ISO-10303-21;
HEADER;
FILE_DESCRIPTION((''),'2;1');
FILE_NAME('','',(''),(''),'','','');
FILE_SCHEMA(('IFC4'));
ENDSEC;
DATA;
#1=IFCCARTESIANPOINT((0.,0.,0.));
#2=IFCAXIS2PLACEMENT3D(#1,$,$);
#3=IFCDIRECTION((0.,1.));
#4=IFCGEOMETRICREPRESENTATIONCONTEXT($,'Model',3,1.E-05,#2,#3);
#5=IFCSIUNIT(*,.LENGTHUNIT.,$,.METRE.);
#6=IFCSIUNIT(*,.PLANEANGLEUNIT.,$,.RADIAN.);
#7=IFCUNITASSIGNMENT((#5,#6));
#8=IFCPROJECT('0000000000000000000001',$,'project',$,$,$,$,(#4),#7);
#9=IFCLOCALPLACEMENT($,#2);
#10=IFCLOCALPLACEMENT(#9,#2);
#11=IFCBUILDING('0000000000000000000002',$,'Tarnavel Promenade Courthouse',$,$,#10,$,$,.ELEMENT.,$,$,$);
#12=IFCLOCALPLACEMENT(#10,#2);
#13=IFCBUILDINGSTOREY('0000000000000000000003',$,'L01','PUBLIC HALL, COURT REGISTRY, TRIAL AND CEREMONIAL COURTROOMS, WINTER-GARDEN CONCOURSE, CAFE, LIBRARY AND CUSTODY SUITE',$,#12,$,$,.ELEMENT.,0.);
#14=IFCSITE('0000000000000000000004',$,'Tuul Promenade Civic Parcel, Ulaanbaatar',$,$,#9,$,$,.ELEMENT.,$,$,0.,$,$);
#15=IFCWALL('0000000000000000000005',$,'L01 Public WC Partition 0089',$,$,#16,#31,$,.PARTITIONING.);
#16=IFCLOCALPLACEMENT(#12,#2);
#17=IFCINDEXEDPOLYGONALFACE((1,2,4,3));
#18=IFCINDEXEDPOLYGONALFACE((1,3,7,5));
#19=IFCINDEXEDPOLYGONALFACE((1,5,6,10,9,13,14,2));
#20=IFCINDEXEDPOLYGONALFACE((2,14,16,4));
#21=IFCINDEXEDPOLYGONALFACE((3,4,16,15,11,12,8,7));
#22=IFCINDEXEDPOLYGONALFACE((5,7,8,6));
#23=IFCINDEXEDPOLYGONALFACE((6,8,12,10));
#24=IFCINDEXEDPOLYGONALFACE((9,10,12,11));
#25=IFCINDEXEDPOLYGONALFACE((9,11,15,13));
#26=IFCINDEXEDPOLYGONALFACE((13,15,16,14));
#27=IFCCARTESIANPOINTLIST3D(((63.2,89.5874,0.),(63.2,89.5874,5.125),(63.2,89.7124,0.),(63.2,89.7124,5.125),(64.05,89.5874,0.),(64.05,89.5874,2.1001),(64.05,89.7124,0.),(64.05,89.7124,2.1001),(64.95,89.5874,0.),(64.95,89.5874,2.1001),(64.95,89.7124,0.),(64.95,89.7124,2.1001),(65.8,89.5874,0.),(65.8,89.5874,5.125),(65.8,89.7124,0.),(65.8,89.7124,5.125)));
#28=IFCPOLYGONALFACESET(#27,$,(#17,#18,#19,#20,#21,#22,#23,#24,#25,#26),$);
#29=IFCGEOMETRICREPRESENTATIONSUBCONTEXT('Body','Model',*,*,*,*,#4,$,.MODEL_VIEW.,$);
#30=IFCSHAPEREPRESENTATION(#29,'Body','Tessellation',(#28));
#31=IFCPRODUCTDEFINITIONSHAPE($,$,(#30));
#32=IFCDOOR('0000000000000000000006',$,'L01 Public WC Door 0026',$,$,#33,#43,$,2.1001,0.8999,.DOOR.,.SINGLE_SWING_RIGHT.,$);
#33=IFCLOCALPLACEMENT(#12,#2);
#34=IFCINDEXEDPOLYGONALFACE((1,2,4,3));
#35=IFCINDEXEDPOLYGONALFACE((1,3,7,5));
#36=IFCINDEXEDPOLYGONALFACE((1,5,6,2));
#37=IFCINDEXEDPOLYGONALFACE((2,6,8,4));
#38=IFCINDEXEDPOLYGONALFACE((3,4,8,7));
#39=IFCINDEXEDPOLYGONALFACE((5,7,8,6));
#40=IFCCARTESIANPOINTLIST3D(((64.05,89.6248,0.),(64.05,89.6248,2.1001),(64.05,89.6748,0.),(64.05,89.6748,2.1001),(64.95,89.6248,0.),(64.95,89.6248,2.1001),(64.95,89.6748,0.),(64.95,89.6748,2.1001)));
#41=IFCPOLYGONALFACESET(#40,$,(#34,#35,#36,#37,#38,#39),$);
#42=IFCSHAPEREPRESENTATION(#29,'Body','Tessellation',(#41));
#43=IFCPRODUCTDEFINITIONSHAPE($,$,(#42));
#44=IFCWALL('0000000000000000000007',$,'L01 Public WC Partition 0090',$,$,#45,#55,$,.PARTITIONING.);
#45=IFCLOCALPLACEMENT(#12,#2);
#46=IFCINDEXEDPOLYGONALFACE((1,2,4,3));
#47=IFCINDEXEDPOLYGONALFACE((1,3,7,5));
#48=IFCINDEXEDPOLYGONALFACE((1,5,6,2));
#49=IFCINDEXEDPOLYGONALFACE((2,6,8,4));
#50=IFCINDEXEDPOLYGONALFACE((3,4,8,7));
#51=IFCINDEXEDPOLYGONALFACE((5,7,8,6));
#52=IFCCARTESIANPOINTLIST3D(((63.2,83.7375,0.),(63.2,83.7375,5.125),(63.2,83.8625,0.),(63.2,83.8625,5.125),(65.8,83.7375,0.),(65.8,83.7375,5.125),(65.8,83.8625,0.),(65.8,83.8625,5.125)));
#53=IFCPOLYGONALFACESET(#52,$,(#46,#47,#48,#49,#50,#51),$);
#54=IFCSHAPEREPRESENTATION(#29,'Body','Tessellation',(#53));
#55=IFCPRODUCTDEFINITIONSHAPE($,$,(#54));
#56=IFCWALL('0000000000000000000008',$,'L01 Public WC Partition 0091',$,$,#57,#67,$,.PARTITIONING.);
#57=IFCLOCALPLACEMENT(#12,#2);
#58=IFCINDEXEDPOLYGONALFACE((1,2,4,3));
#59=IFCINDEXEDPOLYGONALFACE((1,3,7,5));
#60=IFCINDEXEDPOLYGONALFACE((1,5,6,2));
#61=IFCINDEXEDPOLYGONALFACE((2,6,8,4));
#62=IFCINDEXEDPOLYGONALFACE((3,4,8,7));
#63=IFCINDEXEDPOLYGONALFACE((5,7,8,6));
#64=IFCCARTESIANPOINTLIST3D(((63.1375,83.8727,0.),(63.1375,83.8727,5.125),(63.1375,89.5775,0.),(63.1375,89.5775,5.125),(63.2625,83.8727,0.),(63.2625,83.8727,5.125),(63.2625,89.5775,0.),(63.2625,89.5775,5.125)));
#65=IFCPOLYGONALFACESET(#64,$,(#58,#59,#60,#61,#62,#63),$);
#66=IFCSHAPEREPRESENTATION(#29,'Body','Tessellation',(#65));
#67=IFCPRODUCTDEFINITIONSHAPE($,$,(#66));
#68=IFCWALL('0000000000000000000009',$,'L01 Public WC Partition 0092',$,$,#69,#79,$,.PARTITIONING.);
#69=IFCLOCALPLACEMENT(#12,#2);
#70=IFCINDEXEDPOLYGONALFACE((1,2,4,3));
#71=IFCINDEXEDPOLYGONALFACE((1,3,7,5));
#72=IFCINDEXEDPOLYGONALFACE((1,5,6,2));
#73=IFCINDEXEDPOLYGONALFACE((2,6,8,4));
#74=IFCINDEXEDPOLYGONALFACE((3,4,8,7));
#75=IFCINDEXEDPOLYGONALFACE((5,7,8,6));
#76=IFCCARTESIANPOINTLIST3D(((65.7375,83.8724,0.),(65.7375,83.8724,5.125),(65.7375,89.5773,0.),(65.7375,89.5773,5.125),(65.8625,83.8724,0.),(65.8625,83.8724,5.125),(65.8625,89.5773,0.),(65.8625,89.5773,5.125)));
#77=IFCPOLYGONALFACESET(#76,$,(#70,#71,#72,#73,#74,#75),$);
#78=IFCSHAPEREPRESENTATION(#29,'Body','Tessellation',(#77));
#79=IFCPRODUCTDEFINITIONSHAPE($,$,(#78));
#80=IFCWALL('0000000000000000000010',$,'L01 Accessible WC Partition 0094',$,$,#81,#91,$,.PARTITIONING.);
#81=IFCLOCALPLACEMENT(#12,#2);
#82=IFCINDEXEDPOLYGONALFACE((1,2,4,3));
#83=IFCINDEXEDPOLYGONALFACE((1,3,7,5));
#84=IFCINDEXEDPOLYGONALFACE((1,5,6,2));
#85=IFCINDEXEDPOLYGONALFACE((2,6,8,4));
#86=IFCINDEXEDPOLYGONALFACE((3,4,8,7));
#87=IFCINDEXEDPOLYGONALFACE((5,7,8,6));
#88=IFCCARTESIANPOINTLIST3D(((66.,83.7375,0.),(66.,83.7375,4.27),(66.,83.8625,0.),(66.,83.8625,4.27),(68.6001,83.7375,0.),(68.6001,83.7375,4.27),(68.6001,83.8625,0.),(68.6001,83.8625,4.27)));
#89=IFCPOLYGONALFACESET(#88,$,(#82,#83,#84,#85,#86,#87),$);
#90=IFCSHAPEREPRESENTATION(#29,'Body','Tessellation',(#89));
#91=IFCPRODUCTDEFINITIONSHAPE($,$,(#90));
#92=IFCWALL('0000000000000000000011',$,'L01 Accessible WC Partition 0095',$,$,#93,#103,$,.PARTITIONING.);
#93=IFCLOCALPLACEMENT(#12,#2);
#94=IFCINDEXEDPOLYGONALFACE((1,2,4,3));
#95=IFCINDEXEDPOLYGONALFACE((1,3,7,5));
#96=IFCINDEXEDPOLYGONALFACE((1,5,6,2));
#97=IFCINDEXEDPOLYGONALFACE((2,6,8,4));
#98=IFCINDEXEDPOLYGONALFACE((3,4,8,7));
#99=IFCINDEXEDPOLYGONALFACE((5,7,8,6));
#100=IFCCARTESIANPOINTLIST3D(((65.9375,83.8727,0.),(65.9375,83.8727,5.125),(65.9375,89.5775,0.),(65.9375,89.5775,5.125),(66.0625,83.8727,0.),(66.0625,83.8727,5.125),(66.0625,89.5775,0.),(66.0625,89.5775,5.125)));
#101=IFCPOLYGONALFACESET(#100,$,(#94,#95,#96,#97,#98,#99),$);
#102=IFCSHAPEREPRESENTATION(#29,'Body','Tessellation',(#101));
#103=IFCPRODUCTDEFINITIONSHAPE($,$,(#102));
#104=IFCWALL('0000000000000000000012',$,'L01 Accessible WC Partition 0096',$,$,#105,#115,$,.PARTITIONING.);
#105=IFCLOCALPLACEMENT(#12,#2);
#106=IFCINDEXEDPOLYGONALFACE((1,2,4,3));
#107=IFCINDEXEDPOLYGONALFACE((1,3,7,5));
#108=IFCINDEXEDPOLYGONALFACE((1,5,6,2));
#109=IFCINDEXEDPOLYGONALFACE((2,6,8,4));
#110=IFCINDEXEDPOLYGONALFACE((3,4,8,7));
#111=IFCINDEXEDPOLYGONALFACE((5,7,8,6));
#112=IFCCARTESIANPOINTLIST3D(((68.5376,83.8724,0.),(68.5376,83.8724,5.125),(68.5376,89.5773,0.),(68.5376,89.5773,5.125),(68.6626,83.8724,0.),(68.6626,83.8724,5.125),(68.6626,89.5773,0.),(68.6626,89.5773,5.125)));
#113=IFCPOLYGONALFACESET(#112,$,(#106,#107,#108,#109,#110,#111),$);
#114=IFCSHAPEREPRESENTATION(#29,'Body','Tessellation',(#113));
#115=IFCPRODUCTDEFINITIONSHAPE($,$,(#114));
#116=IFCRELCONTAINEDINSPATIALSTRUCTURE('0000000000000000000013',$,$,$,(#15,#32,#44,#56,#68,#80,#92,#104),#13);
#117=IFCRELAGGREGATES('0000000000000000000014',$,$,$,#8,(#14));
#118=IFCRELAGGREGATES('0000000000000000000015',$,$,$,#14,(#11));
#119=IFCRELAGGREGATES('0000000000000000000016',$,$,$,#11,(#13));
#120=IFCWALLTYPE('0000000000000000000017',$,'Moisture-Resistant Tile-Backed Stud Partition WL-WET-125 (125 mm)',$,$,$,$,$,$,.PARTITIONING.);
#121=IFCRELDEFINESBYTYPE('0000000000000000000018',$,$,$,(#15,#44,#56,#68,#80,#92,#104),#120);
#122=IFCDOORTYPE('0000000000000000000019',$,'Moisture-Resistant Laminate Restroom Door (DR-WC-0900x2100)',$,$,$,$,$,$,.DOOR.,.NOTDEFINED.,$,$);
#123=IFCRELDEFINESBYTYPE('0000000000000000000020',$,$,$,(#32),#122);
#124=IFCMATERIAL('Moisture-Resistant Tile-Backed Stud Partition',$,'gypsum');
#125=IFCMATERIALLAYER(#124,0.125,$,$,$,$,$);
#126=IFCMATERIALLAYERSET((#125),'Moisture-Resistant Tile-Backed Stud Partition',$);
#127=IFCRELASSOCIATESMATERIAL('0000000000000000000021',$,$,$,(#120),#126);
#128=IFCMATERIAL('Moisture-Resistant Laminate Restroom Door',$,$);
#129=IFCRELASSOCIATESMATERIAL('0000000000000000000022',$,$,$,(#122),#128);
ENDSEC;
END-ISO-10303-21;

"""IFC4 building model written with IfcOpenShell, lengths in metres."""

from ifc_helpers import new_model, si_unit, direction, frame, frame_2d, origin, place, context, subcontext, project, spatial, rectangle, extrude, material, layer, layer_set, type_object, element, fill, save


model = new_model("IFC4")

# Units and contexts
model_context = context("Model", 3, precision=1e-05, world=origin(), true_north=direction((0.0, 1.0)))
body_context = subcontext(model_context, "Body", "Model", "MODEL_VIEW")
ifc_project = project(units=[si_unit("LENGTHUNIT", "METRE"), si_unit("PLANEANGLEUNIT", "RADIAN")], contexts=[model_context])

# Site, building, storey
site_placement = place(None, origin())
site = spatial("IfcSite", under=ifc_project, at=site_placement, Name="Tuul Promenade Civic Parcel, Ulaanbaatar", CompositionType="ELEMENT", RefElevation=0.0)
building_placement = place(site_placement, origin())
building = spatial("IfcBuilding", under=site, at=building_placement, Name="Tarnavel Promenade Courthouse", CompositionType="ELEMENT")
storey_placement = place(building_placement, origin())
storey = spatial("IfcBuildingStorey", under=building, at=storey_placement, Name="L01", Description="PUBLIC HALL, COURT REGISTRY, TRIAL AND CEREMONIAL COURTROOMS, WINTER-GARDEN CONCOURSE, CAFE, LIBRARY AND CUSTODY SUITE", CompositionType="ELEMENT", Elevation=0.0)

# Wall, opening, door
ifc_material_1 = material(Name="Moisture-Resistant Tile-Backed Stud Partition", Category="gypsum")
ifc_layer_1 = layer(ifc_material_1, 0.125)
ifc_layer_set_1 = layer_set([ifc_layer_1], Name="Moisture-Resistant Tile-Backed Stud Partition")
wall_type_1 = type_object("IfcWallType", Name="Moisture-Resistant Tile-Backed Stud Partition WL-WET-125 (125 mm)", PredefinedType="PARTITIONING", material=ifc_layer_set_1)
wall_1_placement = place(storey_placement, frame((63.2, 89.6499, 0.0), z_axis=(0.0, 0.0, 1.0), x_axis=(1.0, 0.0, 0.0)))
wall_1 = element("IfcWall", 1, at=wall_1_placement, inside=storey, type_object=wall_type_1, Name="L01 Public WC Partition 0089", PredefinedType="PARTITIONING", context=body_context, shape_type="SweptSolid", body=[
    extrude(rectangle(XDim=2.6001, YDim=0.125, at=frame_2d((1.3, 0.0))), origin(), (0.0, 0.0, 1.0), 5.125),
])
opening_1_placement = place(wall_1_placement, frame((0.8501, 0.0, 0.0)))
opening_1 = element("IfcOpeningElement", 2, at=opening_1_placement, cuts=wall_1, PredefinedType="OPENING", context=body_context, shape_type="SweptSolid", body=[
    extrude(rectangle(XDim=0.8999, YDim=2.1001, at=frame_2d((0.45, 1.05))), frame((0.0, 0.0725, 0.0), z_axis=(0.0, -1.0, 0.0), x_axis=(1.0, 0.0, 0.0)), (0.0, 0.0, 1.0), 0.145),
])
ifc_material_2 = material(Name="Moisture-Resistant Laminate Restroom Door")
door_type_1 = type_object("IfcDoorType", Name="Moisture-Resistant Laminate Restroom Door (DR-WC-0900x2100)", OperationType="NOTDEFINED", PredefinedType="DOOR", material=ifc_material_2)
door_1_placement = place(opening_1_placement, origin())
door_1 = element("IfcDoor", 3, at=door_1_placement, inside=storey, type_object=door_type_1, Name="L01 Public WC Door 0026", OperationType="SINGLE_SWING_RIGHT", OverallHeight=2.1001, OverallWidth=0.8999, PredefinedType="DOOR", context=body_context, shape_type="SweptSolid", body=[
    extrude(rectangle(XDim=0.8999, YDim=2.1001, at=frame_2d((0.45, 1.05))), frame((0.0, 0.0249, 0.0), z_axis=(0.0, -1.0, 0.0), x_axis=(1.0, 0.0, 0.0)), (0.0, 0.0, 1.0), 0.05),
])
fill(opening_1, door_1)

# Walls
wall_2_placement = place(storey_placement, frame((65.8, 83.8, 0.0), z_axis=(0.0, 0.0, 1.0), x_axis=(-1.0, 0.0, 0.0)))
element("IfcWall", 4, at=wall_2_placement, inside=storey, type_object=wall_type_1, Name="L01 Public WC Partition 0090", PredefinedType="PARTITIONING", context=body_context, shape_type="SweptSolid", body=[
    extrude(rectangle(XDim=2.6001, YDim=0.125, at=frame_2d((1.3, 0.0))), origin(), (0.0, 0.0, 1.0), 5.125),
])
for number, where, z_axis, x_axis, name in (
    (5, (63.2, 83.8726, 0.0), (0.0, 0.0, 1.0), (0.0, 1.0, 0.0), "L01 Public WC Partition 0091"),
    (6, (65.8, 89.5774, 0.0), (0.0, 0.0, 1.0), (0.0, -1.0, 0.0), "L01 Public WC Partition 0092"),
):
    element("IfcWall", number, at=place(storey_placement, frame(where, z_axis=z_axis, x_axis=x_axis)), inside=storey, type_object=wall_type_1, Name=name, PredefinedType="PARTITIONING", context=body_context, shape_type="SweptSolid", body=[
        extrude(rectangle(XDim=5.7048, YDim=0.125, at=frame_2d((2.8525, 0.0))), origin(), (0.0, 0.0, 1.0), 5.125),
    ])
wall_3_placement = place(storey_placement, frame((68.6001, 83.8, 0.0), z_axis=(0.0, 0.0, 1.0), x_axis=(-1.0, 0.0, 0.0)))
element("IfcWall", 7, at=wall_3_placement, inside=storey, type_object=wall_type_1, Name="L01 Accessible WC Partition 0094", PredefinedType="PARTITIONING", context=body_context, shape_type="SweptSolid", body=[
    extrude(rectangle(XDim=2.6001, YDim=0.125, at=frame_2d((1.3, 0.0))), origin(), (0.0, 0.0, 1.0), 4.27),
])
for number, where, z_axis, x_axis, name in (
    (8, (66.0, 83.8726, 0.0), (0.0, 0.0, 1.0), (0.0, 1.0, 0.0), "L01 Accessible WC Partition 0095"),
    (9, (68.6001, 89.5774, 0.0), (0.0, 0.0, 1.0), (0.0, -1.0, 0.0), "L01 Accessible WC Partition 0096"),
):
    element("IfcWall", number, at=place(storey_placement, frame(where, z_axis=z_axis, x_axis=x_axis)), inside=storey, type_object=wall_type_1, Name=name, PredefinedType="PARTITIONING", context=body_context, shape_type="SweptSolid", body=[
        extrude(rectangle(XDim=5.7048, YDim=0.125, at=frame_2d((2.8525, 0.0))), origin(), (0.0, 0.0, 1.0), 5.125),
    ])

save(model, "model.ifc")
